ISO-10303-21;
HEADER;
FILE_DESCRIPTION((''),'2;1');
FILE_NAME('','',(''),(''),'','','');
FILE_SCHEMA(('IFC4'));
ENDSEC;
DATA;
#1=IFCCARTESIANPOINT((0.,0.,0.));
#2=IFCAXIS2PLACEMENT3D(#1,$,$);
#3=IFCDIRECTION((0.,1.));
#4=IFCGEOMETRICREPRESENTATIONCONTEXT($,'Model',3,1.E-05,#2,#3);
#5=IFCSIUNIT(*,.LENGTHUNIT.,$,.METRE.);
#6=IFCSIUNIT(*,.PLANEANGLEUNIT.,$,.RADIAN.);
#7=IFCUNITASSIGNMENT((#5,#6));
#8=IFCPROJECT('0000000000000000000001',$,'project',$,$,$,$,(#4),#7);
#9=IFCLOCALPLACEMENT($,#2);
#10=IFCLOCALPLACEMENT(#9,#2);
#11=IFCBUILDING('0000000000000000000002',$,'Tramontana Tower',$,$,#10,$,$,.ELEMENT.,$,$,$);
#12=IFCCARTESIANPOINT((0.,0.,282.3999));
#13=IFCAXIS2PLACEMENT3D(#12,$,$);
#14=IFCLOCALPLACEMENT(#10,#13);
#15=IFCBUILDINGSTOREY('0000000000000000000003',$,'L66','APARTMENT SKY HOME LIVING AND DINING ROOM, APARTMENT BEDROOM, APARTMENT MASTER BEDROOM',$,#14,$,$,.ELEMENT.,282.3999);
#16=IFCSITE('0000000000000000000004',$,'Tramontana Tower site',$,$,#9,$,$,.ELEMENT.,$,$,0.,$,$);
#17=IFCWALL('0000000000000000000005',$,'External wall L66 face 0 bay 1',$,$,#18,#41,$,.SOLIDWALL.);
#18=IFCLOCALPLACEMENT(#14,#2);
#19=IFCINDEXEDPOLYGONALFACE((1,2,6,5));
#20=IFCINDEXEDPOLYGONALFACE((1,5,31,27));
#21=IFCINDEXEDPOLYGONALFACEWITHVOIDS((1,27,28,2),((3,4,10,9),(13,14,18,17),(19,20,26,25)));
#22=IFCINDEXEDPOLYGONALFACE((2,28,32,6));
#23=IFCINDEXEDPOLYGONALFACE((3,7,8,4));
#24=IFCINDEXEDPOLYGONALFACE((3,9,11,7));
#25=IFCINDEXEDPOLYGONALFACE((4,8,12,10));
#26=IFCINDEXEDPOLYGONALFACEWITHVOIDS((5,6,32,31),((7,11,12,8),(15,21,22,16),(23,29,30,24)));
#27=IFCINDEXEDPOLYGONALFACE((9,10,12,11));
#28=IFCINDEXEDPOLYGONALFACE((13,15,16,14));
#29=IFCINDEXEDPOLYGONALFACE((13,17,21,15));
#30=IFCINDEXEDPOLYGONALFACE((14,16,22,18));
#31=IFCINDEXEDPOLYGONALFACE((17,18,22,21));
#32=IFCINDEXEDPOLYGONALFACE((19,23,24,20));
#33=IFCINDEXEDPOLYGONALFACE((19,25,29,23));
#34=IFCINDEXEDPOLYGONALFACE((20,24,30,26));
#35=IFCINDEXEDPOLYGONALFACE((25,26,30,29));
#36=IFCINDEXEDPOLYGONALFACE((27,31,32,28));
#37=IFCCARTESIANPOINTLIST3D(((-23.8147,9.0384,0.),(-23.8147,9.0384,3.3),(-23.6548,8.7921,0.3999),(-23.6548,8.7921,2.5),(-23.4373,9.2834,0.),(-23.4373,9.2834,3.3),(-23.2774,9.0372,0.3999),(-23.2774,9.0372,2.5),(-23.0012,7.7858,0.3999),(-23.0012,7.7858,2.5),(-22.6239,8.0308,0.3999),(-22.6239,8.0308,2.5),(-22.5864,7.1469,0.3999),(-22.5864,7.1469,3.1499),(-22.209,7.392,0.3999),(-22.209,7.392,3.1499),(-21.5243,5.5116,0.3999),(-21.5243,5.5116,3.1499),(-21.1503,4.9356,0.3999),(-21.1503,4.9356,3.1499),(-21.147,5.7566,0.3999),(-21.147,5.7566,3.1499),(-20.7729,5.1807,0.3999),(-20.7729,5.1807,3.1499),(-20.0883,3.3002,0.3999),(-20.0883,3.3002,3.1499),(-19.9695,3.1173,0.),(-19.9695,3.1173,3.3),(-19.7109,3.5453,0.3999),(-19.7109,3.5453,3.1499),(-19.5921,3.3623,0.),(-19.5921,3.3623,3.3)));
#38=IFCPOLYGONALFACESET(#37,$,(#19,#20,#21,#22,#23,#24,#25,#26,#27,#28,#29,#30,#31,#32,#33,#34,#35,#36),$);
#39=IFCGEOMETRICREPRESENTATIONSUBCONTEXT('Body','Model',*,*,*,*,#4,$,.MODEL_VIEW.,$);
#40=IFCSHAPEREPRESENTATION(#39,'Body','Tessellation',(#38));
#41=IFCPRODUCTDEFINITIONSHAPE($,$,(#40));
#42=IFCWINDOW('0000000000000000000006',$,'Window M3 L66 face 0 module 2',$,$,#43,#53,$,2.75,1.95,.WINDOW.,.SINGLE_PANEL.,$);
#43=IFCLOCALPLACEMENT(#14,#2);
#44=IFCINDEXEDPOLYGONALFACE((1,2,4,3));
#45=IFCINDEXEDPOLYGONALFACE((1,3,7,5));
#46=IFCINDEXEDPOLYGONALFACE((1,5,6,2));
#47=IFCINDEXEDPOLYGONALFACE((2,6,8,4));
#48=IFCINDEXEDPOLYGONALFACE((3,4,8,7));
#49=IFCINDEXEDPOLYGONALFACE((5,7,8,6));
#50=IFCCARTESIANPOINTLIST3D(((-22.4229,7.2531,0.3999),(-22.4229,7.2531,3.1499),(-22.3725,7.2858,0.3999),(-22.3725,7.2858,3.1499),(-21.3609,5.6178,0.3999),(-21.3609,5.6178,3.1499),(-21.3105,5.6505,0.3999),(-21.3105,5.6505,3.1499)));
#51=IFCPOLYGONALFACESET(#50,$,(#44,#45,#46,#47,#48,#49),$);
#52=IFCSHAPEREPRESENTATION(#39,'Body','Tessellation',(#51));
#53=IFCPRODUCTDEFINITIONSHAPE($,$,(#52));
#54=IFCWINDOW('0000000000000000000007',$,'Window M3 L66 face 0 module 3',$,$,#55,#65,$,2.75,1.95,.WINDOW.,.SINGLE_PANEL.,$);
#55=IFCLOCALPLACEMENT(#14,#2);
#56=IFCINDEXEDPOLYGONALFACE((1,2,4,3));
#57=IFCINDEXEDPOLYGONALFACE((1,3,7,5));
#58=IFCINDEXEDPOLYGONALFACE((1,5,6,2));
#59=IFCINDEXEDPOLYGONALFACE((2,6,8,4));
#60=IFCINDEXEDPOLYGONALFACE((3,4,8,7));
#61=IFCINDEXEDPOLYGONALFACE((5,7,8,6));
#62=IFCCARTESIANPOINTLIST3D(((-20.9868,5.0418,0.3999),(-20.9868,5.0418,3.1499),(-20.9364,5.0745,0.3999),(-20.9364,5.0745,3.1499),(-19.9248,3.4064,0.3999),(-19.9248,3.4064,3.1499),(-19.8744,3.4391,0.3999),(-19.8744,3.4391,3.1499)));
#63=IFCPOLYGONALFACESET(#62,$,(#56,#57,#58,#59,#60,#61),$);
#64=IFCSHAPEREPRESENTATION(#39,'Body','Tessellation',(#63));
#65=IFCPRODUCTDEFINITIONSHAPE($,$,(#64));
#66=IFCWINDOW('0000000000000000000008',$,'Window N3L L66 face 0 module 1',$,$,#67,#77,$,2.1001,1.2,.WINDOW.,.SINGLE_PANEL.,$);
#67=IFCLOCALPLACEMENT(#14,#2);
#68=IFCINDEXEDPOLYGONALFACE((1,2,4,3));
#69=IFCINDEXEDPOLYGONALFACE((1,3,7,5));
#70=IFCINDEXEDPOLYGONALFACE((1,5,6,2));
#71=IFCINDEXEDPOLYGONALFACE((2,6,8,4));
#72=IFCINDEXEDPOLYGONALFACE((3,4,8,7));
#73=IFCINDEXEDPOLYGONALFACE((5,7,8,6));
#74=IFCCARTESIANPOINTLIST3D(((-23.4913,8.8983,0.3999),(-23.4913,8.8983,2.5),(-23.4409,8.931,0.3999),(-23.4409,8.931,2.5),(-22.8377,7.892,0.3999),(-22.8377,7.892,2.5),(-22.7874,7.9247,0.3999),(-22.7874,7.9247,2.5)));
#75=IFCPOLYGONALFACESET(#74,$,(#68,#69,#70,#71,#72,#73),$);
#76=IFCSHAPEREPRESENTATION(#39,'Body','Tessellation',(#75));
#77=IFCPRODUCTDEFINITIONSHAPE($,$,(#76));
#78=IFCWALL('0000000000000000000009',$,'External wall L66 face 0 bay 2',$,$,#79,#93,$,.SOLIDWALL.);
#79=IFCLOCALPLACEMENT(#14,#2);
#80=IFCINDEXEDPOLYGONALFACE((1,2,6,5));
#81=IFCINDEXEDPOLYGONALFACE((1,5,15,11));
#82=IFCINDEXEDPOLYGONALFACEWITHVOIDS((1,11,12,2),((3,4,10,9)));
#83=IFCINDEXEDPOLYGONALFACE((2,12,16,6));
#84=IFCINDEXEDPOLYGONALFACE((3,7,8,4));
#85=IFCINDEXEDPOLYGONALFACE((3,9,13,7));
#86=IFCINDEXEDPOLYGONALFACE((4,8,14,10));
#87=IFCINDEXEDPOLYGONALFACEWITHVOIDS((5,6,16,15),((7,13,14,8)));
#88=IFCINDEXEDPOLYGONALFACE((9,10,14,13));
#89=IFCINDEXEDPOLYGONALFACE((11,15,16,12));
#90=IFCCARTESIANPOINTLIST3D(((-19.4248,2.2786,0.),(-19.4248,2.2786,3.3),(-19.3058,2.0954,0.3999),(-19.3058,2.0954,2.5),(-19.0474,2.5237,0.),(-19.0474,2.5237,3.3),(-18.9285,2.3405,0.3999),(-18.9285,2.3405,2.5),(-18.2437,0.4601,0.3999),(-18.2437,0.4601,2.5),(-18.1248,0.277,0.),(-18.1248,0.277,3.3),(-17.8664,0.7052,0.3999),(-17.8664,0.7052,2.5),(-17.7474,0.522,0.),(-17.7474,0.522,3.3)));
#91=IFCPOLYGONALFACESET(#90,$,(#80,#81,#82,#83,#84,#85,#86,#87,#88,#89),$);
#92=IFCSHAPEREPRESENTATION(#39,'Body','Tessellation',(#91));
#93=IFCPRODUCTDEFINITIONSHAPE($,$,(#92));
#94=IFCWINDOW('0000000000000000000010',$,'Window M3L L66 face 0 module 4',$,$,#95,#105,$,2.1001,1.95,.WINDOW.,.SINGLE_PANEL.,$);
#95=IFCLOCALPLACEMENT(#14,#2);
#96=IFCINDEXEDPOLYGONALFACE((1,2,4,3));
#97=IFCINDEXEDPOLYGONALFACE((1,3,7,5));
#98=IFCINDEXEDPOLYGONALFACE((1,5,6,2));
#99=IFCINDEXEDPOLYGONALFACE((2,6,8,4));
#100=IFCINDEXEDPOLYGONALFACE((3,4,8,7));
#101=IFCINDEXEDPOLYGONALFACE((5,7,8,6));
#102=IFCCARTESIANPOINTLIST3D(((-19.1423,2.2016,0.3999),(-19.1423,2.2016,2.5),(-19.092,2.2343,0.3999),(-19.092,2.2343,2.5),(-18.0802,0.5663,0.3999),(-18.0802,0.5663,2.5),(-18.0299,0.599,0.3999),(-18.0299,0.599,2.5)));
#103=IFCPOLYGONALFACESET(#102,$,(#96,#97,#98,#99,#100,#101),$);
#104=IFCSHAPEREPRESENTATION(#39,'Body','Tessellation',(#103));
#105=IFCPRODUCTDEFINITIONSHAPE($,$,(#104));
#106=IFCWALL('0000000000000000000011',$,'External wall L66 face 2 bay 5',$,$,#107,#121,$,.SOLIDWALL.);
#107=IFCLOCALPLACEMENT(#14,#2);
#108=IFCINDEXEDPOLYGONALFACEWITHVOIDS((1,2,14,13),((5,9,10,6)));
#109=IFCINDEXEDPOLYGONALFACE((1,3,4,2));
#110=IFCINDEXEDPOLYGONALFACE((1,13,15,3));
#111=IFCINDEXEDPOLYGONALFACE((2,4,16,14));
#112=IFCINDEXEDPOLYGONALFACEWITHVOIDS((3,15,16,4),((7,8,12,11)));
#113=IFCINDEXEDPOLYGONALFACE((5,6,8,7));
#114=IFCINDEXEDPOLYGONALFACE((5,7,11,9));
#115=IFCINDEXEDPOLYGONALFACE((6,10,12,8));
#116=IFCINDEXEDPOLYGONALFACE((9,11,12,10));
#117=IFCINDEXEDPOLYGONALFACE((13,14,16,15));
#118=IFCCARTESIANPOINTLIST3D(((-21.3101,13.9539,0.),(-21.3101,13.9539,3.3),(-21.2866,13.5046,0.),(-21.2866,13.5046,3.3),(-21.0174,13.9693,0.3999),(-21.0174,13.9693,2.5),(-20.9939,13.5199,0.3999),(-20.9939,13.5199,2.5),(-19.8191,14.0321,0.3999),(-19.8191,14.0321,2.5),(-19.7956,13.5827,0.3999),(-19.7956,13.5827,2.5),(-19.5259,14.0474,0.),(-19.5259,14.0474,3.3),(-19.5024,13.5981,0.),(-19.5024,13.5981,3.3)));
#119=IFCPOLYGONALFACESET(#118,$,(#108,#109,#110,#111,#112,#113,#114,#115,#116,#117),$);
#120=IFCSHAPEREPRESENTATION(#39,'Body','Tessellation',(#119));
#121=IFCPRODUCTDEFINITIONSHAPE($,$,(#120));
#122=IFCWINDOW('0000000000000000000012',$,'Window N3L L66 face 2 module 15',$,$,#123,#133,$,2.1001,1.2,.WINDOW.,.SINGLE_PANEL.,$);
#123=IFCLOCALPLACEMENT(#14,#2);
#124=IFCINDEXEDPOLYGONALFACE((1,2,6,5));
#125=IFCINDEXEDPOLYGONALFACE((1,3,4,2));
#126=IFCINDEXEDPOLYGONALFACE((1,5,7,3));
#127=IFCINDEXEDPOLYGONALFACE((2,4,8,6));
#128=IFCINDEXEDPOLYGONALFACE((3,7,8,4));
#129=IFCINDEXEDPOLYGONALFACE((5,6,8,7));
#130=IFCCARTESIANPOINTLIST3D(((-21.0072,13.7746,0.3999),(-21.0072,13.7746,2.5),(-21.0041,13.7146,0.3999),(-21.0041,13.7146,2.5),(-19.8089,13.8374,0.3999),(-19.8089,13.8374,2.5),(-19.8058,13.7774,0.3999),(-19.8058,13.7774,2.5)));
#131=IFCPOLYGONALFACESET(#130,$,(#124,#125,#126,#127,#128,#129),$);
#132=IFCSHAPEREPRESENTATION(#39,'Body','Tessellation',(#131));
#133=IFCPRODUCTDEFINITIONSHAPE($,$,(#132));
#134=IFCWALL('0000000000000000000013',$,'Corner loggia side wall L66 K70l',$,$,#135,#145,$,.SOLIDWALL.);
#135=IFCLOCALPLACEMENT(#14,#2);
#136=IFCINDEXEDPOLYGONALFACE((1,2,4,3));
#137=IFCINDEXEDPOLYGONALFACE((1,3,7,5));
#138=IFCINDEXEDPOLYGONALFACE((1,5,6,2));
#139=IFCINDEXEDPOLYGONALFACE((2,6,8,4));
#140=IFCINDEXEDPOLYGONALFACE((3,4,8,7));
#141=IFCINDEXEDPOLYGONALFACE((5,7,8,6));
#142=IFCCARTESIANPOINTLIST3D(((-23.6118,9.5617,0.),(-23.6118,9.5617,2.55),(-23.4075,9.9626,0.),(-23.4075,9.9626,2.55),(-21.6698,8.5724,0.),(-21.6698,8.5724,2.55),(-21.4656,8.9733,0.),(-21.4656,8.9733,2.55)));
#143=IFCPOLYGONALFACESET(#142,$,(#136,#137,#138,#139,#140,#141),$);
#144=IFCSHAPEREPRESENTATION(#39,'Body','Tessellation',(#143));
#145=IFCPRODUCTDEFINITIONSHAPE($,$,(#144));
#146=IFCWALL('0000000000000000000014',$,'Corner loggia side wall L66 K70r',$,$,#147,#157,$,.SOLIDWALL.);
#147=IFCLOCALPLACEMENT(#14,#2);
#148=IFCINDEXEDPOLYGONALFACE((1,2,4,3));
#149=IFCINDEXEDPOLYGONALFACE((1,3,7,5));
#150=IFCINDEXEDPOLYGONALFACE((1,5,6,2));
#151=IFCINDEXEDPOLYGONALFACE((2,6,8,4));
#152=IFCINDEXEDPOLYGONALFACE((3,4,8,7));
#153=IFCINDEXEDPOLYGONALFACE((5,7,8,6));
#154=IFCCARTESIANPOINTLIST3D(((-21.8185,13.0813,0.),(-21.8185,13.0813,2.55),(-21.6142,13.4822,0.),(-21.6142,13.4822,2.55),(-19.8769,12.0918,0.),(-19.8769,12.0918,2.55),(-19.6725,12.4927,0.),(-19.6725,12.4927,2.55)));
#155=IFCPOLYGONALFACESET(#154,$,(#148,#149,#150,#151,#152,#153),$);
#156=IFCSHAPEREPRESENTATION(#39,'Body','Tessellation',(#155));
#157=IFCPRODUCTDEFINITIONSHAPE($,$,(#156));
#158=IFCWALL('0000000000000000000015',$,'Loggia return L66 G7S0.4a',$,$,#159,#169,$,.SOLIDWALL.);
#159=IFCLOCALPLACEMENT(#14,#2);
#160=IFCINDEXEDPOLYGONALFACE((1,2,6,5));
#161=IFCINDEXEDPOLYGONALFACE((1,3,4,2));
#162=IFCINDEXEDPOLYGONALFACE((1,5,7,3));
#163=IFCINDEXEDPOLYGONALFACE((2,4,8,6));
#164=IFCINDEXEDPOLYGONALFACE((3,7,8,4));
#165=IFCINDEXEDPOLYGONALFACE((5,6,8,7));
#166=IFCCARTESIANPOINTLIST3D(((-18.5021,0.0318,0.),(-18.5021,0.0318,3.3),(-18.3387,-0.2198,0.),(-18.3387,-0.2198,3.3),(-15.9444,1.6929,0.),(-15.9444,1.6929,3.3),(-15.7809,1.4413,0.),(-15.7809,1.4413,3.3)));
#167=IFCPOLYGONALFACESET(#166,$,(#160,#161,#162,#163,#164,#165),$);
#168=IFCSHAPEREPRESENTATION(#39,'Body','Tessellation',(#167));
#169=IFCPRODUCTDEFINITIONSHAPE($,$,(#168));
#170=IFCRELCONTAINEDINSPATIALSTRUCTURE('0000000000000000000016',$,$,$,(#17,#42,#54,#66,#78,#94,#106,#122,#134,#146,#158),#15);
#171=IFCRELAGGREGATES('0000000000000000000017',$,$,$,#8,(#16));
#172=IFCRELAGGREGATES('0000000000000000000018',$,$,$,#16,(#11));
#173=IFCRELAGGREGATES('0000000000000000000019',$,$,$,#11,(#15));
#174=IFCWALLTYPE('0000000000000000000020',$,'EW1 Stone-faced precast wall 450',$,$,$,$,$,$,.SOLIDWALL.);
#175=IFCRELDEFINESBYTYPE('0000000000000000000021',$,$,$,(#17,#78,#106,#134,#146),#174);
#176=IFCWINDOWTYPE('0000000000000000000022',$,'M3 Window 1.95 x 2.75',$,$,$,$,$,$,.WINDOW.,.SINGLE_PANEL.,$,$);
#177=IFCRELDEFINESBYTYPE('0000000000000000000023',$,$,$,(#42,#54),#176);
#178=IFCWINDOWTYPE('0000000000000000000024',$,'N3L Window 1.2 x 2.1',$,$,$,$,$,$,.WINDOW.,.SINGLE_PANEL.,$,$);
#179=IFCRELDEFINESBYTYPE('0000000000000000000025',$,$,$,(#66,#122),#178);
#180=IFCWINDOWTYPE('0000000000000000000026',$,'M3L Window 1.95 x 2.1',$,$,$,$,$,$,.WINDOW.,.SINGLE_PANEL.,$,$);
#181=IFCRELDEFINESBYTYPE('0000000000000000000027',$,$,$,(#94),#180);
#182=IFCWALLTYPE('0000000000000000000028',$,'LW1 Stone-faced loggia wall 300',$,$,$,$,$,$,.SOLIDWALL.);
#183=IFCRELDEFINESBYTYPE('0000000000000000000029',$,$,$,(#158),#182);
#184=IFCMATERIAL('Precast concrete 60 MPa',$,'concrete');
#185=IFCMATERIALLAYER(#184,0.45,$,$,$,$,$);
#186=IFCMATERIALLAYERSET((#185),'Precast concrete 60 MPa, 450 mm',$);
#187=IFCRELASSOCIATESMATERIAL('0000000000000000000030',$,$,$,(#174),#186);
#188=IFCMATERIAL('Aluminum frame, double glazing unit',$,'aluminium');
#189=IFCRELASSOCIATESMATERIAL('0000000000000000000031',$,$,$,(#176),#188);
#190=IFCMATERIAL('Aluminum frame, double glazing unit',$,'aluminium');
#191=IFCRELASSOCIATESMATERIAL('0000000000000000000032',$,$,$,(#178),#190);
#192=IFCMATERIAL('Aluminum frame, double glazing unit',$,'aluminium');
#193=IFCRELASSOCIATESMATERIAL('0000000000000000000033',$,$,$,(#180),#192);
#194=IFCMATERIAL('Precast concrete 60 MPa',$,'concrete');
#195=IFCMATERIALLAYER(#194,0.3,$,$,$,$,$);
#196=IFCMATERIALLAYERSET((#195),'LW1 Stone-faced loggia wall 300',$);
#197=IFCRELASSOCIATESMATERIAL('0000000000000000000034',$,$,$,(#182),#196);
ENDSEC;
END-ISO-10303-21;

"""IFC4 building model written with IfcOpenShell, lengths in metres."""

from ifc_helpers import new_model, si_unit, direction, frame, frame_2d, origin, place, context, subcontext, project, spatial, rectangle, extrude, material, layer, layer_set, type_object, element, fill, save


model = new_model("IFC4")

# Units and contexts
model_context = context("Model", 3, precision=1e-05, world=origin(), true_north=direction((0.0, 1.0)))
body_context = subcontext(model_context, "Body", "Model", "MODEL_VIEW")
ifc_project = project(units=[si_unit("LENGTHUNIT", "METRE"), si_unit("PLANEANGLEUNIT", "RADIAN")], contexts=[model_context])

# Site, building, storey
site_placement = place(None, origin())
site = spatial("IfcSite", under=ifc_project, at=site_placement, Name="Tramontana Tower site", CompositionType="ELEMENT", RefElevation=0.0)
building_placement = place(site_placement, origin())
building = spatial("IfcBuilding", under=site, at=building_placement, Name="Tramontana Tower", CompositionType="ELEMENT")
storey_placement = place(building_placement, frame((0.0, 0.0, 282.3999)))
storey = spatial("IfcBuildingStorey", under=building, at=storey_placement, Name="L66", Description="APARTMENT SKY HOME LIVING AND DINING ROOM, APARTMENT BEDROOM, APARTMENT MASTER BEDROOM", CompositionType="ELEMENT", Elevation=282.3999)

# Wall, openings, windows
ifc_material_1 = material(Name="Precast concrete 60 MPa", Category="concrete")
ifc_layer_1 = layer(ifc_material_1, 0.45)
ifc_layer_set_1 = layer_set([ifc_layer_1], Name="Precast concrete 60 MPa, 450 mm")
wall_type_1 = type_object("IfcWallType", Name="EW1 Stone-faced precast wall 450", PredefinedType="SOLIDWALL", material=ifc_layer_set_1)
wall_1_placement = place(storey_placement, frame((-23.626, 9.1609, 0.0), z_axis=(0.0, 0.0, 1.0), x_axis=(0.544637, -0.838672, 0.0)))
wall_1 = element("IfcWall", 1, at=wall_1_placement, inside=storey, type_object=wall_type_1, Name="External wall L66 face 0 bay 1", PredefinedType="SOLIDWALL", context=body_context, shape_type="SweptSolid", body=[
    extrude(rectangle(XDim=7.0601, YDim=0.45, at=frame_2d((3.53, 0.0))), origin(), (0.0, 0.0, 1.0), 3.3),
])
opening_1_placement = place(wall_1_placement, frame((0.2935, 0.0, 0.3999)))
opening_1 = element("IfcOpeningElement", 2, at=opening_1_placement, cuts=wall_1, PredefinedType="OPENING", context=body_context, shape_type="SweptSolid", body=[
    extrude(rectangle(XDim=1.2, YDim=2.1001, at=frame_2d((0.6001, 1.05))), frame((0.0, 0.2349, 0.0), z_axis=(0.0, -1.0, 0.0), x_axis=(1.0, 0.0, 0.0)), (0.0, 0.0, 1.0), 0.47),
])
opening_2_placement = place(wall_1_placement, frame((2.2551, 0.0, 0.3999)))
opening_2 = element("IfcOpeningElement", 3, at=opening_2_placement, cuts=wall_1, PredefinedType="OPENING", context=body_context, shape_type="SweptSolid", body=[
    extrude(rectangle(XDim=1.95, YDim=2.75, at=frame_2d((0.9751, 1.375))), frame((0.0, 0.2349, 0.0), z_axis=(0.0, -1.0, 0.0), x_axis=(1.0, 0.0, 0.0)), (0.0, 0.0, 1.0), 0.47),
])
opening_3_placement = place(wall_1_placement, frame((4.8918, 0.0, 0.3999)))
opening_3 = element("IfcOpeningElement", 4, at=opening_3_placement, cuts=wall_1, PredefinedType="OPENING", context=body_context, shape_type="SweptSolid", body=[
    extrude(rectangle(XDim=1.95, YDim=2.75, at=frame_2d((0.9751, 1.375))), frame((0.0, 0.2349, 0.0), z_axis=(0.0, -1.0, 0.0), x_axis=(1.0, 0.0, 0.0)), (0.0, 0.0, 1.0), 0.47),
])
ifc_material_2 = material(Name="Aluminum frame, double glazing unit", Category="aluminium")
window_type_1 = type_object("IfcWindowType", Name="M3 Window 1.95 x 2.75", PartitioningType="SINGLE_PANEL", PredefinedType="WINDOW", material=ifc_material_2)
window_1_placement = place(opening_2_placement, origin())
window_1 = element("IfcWindow", 5, at=window_1_placement, inside=storey, type_object=window_type_1, Name="Window M3 L66 face 0 module 2", OverallHeight=2.75, OverallWidth=1.95, PartitioningType="SINGLE_PANEL", PredefinedType="WINDOW", context=body_context, shape_type="SweptSolid", body=[
    extrude(rectangle(XDim=1.95, YDim=2.75, at=frame_2d((0.9751, 1.375))), frame((0.0, 0.03, 0.0), z_axis=(0.0, -1.0, 0.0), x_axis=(1.0, 0.0, 0.0)), (0.0, 0.0, 1.0), 0.0601),
])
fill(opening_2, window_1)
window_2_placement = place(opening_3_placement, origin())
window_2 = element("IfcWindow", 6, at=window_2_placement, inside=storey, type_object=window_type_1, Name="Window M3 L66 face 0 module 3", OverallHeight=2.75, OverallWidth=1.95, PartitioningType="SINGLE_PANEL", PredefinedType="WINDOW", context=body_context, shape_type="SweptSolid", body=[
    extrude(rectangle(XDim=1.95, YDim=2.75, at=frame_2d((0.9751, 1.375))), frame((0.0, 0.03, 0.0), z_axis=(0.0, -1.0, 0.0), x_axis=(1.0, 0.0, 0.0)), (0.0, 0.0, 1.0), 0.0601),
])
fill(opening_3, window_2)
ifc_material_3 = material(Name="Aluminum frame, double glazing unit", Category="aluminium")
window_type_2 = type_object("IfcWindowType", Name="N3L Window 1.2 x 2.1", PartitioningType="SINGLE_PANEL", PredefinedType="WINDOW", material=ifc_material_3)
window_3_placement = place(opening_1_placement, origin())
window_3 = element("IfcWindow", 7, at=window_3_placement, inside=storey, type_object=window_type_2, Name="Window N3L L66 face 0 module 1", OverallHeight=2.1001, OverallWidth=1.2, PartitioningType="SINGLE_PANEL", PredefinedType="WINDOW", context=body_context, shape_type="SweptSolid", body=[
    extrude(rectangle(XDim=1.2, YDim=2.1001, at=frame_2d((0.6001, 1.05))), frame((0.0, 0.03, 0.0), z_axis=(0.0, -1.0, 0.0), x_axis=(1.0, 0.0, 0.0)), (0.0, 0.0, 1.0), 0.0601),
])
fill(opening_1, window_3)

# Walls, openings, windows
wall_2_placement = place(storey_placement, frame((-19.2361, 2.4011, 0.0), z_axis=(0.0, 0.0, 1.0), x_axis=(0.544676, -0.838647, 0.0)))
wall_2 = element("IfcWall", 8, at=wall_2_placement, inside=storey, type_object=wall_type_1, Name="External wall L66 face 0 bay 2", PredefinedType="SOLIDWALL", context=body_context, shape_type="SweptSolid", body=[
    extrude(rectangle(XDim=2.3867, YDim=0.45, at=frame_2d((1.1934, 0.0))), origin(), (0.0, 0.0, 1.0), 3.3),
])
opening_4_placement = place(wall_2_placement, frame((0.2183, 0.0, 0.3999)))
opening_4 = element("IfcOpeningElement", 9, at=opening_4_placement, cuts=wall_2, PredefinedType="OPENING", context=body_context, shape_type="SweptSolid", body=[
    extrude(rectangle(XDim=1.95, YDim=2.1001, at=frame_2d((0.9751, 1.05))), frame((0.0, 0.2349, 0.0), z_axis=(0.0, -1.0, 0.0), x_axis=(1.0, 0.0, 0.0)), (0.0, 0.0, 1.0), 0.47),
])
ifc_material_4 = material(Name="Aluminum frame, double glazing unit", Category="aluminium")
window_type_3 = type_object("IfcWindowType", Name="M3L Window 1.95 x 2.1", PartitioningType="SINGLE_PANEL", PredefinedType="WINDOW", material=ifc_material_4)
window_4_placement = place(opening_4_placement, origin())
window_4 = element("IfcWindow", 10, at=window_4_placement, inside=storey, type_object=window_type_3, Name="Window M3L L66 face 0 module 4", OverallHeight=2.1001, OverallWidth=1.95, PartitioningType="SINGLE_PANEL", PredefinedType="WINDOW", context=body_context, shape_type="SweptSolid", body=[
    extrude(rectangle(XDim=1.95, YDim=2.1001, at=frame_2d((0.9751, 1.05))), frame((0.0, 0.03, 0.0), z_axis=(0.0, -1.0, 0.0), x_axis=(1.0, 0.0, 0.0)), (0.0, 0.0, 1.0), 0.0601),
])
fill(opening_4, window_4)
wall_3_placement = place(storey_placement, frame((-19.5142, 13.8228, 0.0), z_axis=(0.0, 0.0, 1.0), x_axis=(-0.99863, -0.052336, 0.0)))
wall_3 = element("IfcWall", 11, at=wall_3_placement, inside=storey, type_object=wall_type_1, Name="External wall L66 face 2 bay 5", PredefinedType="SOLIDWALL", context=body_context, shape_type="SweptSolid", body=[
    extrude(rectangle(XDim=1.7866, YDim=0.45, at=frame_2d((0.8933, 0.0))), origin(), (0.0, 0.0, 1.0), 3.3),
])
opening_5_placement = place(wall_3_placement, frame((0.2935, 0.0, 0.3999)))
opening_5 = element("IfcOpeningElement", 12, at=opening_5_placement, cuts=wall_3, PredefinedType="OPENING", context=body_context, shape_type="SweptSolid", body=[
    extrude(rectangle(XDim=1.2, YDim=2.1001, at=frame_2d((0.6001, 1.05))), frame((0.0, 0.2349, 0.0), z_axis=(0.0, -1.0, 0.0), x_axis=(1.0, 0.0, 0.0)), (0.0, 0.0, 1.0), 0.47),
])
window_5_placement = place(opening_5_placement, origin())
window_5 = element("IfcWindow", 13, at=window_5_placement, inside=storey, type_object=window_type_2, Name="Window N3L L66 face 2 module 15", OverallHeight=2.1001, OverallWidth=1.2, PartitioningType="SINGLE_PANEL", PredefinedType="WINDOW", context=body_context, shape_type="SweptSolid", body=[
    extrude(rectangle(XDim=1.2, YDim=2.1001, at=frame_2d((0.6001, 1.05))), frame((0.0, 0.03, 0.0), z_axis=(0.0, -1.0, 0.0), x_axis=(1.0, 0.0, 0.0)), (0.0, 0.0, 1.0), 0.0601),
])
fill(opening_5, window_5)

# Walls
wall_4_placement = place(storey_placement, frame((-23.5098, 9.7622, 0.0), z_axis=(0.0, 0.0, 1.0), x_axis=(0.891041, -0.453922, 0.0)))
element("IfcWall", 14, at=wall_4_placement, inside=storey, type_object=wall_type_1, Name="Corner loggia side wall L66 K70l", PredefinedType="SOLIDWALL", context=body_context, shape_type="SweptSolid", body=[
    extrude(rectangle(XDim=2.1794, YDim=0.45, at=frame_2d((1.0898, 0.0))), origin(), (0.0, 0.0, 1.0), 2.55),
])
wall_5_placement = place(storey_placement, frame((-21.7163, 13.2817, 0.0), z_axis=(0.0, 0.0, 1.0), x_axis=(0.890973, -0.454057, 0.0)))
element("IfcWall", 15, at=wall_5_placement, inside=storey, type_object=wall_type_1, Name="Corner loggia side wall L66 K70r", PredefinedType="SOLIDWALL", context=body_context, shape_type="SweptSolid", body=[
    extrude(rectangle(XDim=2.1792, YDim=0.45, at=frame_2d((1.0896, 0.0))), origin(), (0.0, 0.0, 1.0), 2.55),
])

# Wall
ifc_material_5 = material(Name="Precast concrete 60 MPa", Category="concrete")
ifc_layer_2 = layer(ifc_material_5, 0.3)
ifc_layer_set_2 = layer_set([ifc_layer_2], Name="LW1 Stone-faced loggia wall 300")
wall_type_2 = type_object("IfcWallType", Name="LW1 Stone-faced loggia wall 300", PredefinedType="SOLIDWALL", material=ifc_layer_set_2)
wall_6_placement = place(storey_placement, frame((-18.4204, -0.094, 0.0), z_axis=(0.0, 0.0, 1.0), x_axis=(0.838665, 0.544648, 0.0)))
element("IfcWall", 16, at=wall_6_placement, inside=storey, type_object=wall_type_2, Name="Loggia return L66 G7S0.4a", PredefinedType="SOLIDWALL", context=body_context, shape_type="SweptSolid", body=[
    extrude(rectangle(XDim=3.0498, YDim=0.3, at=frame_2d((1.5249, 0.0))), origin(), (0.0, 0.0, 1.0), 3.3),
])

save(model, "model.ifc")
